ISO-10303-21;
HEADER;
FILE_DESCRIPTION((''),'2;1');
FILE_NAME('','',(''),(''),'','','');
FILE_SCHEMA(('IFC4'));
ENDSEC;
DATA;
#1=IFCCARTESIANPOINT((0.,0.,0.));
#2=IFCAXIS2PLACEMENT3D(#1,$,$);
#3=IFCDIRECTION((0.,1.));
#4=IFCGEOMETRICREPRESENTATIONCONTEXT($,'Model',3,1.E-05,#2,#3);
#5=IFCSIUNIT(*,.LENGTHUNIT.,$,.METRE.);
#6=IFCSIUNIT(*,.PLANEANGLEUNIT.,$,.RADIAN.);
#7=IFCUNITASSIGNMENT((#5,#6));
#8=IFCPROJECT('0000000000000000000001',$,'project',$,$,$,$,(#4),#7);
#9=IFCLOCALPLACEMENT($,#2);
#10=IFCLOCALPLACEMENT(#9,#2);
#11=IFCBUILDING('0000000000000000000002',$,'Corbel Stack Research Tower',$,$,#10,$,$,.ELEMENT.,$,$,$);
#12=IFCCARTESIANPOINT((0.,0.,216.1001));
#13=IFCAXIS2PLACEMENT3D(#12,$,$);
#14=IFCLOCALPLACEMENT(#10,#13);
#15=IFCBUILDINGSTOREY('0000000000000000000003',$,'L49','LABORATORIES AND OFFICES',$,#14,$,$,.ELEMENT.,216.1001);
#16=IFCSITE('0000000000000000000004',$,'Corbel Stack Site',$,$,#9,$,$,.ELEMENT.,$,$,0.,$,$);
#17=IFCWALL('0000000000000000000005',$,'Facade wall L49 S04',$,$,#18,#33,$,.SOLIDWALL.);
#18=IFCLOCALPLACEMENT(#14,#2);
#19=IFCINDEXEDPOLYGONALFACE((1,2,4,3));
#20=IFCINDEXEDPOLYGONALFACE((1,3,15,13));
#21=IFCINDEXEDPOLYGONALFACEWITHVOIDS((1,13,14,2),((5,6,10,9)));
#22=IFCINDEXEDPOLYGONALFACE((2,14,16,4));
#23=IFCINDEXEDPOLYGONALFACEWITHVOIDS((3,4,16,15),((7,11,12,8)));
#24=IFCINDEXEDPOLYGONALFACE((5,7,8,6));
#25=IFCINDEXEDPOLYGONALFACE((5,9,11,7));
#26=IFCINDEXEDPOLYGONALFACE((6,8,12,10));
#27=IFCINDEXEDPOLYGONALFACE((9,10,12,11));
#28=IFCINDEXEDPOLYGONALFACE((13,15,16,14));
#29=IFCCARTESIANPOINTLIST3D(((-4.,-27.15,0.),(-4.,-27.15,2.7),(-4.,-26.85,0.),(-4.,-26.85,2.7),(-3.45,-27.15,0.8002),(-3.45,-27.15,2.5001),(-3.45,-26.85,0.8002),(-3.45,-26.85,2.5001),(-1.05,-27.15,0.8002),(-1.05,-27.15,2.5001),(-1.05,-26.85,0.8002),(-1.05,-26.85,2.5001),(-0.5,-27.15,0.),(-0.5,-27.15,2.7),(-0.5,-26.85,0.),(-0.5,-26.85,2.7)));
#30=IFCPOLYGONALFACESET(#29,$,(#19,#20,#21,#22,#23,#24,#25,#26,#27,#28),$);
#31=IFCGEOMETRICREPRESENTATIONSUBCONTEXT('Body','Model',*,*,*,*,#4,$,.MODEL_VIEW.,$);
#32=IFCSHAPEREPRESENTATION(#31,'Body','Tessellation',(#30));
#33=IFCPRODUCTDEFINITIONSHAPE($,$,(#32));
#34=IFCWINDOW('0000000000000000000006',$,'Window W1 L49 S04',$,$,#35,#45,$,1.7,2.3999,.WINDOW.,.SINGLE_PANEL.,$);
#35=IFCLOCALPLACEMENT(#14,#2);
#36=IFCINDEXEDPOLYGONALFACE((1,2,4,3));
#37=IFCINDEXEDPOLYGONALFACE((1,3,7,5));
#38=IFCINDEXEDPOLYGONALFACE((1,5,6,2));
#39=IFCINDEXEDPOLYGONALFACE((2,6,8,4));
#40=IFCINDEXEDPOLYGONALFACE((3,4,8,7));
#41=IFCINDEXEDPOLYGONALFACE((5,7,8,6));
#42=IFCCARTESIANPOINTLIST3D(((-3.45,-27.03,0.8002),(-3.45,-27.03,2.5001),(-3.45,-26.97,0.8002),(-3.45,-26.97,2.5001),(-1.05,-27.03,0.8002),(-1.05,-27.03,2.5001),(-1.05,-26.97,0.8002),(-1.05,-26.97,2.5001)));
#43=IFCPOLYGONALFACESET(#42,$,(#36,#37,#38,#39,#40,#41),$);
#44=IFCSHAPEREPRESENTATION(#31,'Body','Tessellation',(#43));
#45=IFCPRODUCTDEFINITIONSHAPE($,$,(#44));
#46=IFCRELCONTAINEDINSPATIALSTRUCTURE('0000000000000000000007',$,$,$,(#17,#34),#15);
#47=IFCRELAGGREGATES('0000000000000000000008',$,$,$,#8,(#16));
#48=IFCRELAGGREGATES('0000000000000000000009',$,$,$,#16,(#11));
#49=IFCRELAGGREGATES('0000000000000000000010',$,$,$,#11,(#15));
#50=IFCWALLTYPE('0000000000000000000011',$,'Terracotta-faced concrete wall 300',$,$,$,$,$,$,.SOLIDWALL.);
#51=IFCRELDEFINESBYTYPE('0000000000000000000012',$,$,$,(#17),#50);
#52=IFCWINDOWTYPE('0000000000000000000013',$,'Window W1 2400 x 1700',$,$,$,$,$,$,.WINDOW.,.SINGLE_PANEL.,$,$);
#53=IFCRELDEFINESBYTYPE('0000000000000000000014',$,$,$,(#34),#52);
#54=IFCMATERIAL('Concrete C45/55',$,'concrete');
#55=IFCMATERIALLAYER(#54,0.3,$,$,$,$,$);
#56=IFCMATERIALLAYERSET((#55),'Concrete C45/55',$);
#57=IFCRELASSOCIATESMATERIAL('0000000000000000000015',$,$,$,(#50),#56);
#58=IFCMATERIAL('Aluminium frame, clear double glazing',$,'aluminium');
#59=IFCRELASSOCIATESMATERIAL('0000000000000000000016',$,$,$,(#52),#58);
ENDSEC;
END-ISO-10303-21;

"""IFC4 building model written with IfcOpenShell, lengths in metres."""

from ifc_helpers import new_model, si_unit, direction, frame, frame_2d, origin, place, context, subcontext, project, spatial, rectangle, extrude, material, layer, layer_set, type_object, element, fill, save


model = new_model("IFC4")

# Units and contexts
model_context = context("Model", 3, precision=1e-05, world=origin(), true_north=direction((0.0, 1.0)))
body_context = subcontext(model_context, "Body", "Model", "MODEL_VIEW")
ifc_project = project(units=[si_unit("LENGTHUNIT", "METRE"), si_unit("PLANEANGLEUNIT", "RADIAN")], contexts=[model_context])

# Site, building, storey
site_placement = place(None, origin())
site = spatial("IfcSite", under=ifc_project, at=site_placement, Name="Corbel Stack Site", CompositionType="ELEMENT", RefElevation=0.0)
building_placement = place(site_placement, origin())
building = spatial("IfcBuilding", under=site, at=building_placement, Name="Corbel Stack Research Tower", CompositionType="ELEMENT")
storey_placement = place(building_placement, frame((0.0, 0.0, 216.1001)))
storey = spatial("IfcBuildingStorey", under=building, at=storey_placement, Name="L49", Description="LABORATORIES AND OFFICES", CompositionType="ELEMENT", Elevation=216.1001)

# Wall, opening, window
ifc_material_1 = material(Name="Concrete C45/55", Category="concrete")
ifc_layer_1 = layer(ifc_material_1, 0.3)
ifc_layer_set_1 = layer_set([ifc_layer_1], Name="Concrete C45/55")
wall_type_1 = type_object("IfcWallType", Name="Terracotta-faced concrete wall 300", PredefinedType="SOLIDWALL", material=ifc_layer_set_1)
wall_1_placement = place(storey_placement, frame((-0.5, -27.0, 0.0), z_axis=(0.0, 0.0, 1.0), x_axis=(-1.0, 0.0, 0.0)))
wall_1 = element("IfcWall", 1, at=wall_1_placement, inside=storey, type_object=wall_type_1, Name="Facade wall L49 S04", PredefinedType="SOLIDWALL", context=body_context, shape_type="SweptSolid", body=[
    extrude(rectangle(XDim=3.5, YDim=0.3, at=frame_2d((1.75, 0.0))), origin(), (0.0, 0.0, 1.0), 2.7),
])
opening_1_placement = place(wall_1_placement, frame((0.55, 0.0, 0.8)))
opening_1 = element("IfcOpeningElement", 2, at=opening_1_placement, cuts=wall_1, PredefinedType="OPENING", context=body_context, shape_type="SweptSolid", body=[
    extrude(rectangle(XDim=2.3999, YDim=1.7, at=frame_2d((1.2, 0.8501))), frame((0.0, 0.1599, 0.0), z_axis=(0.0, -1.0, 0.0), x_axis=(1.0, 0.0, 0.0)), (0.0, 0.0, 1.0), 0.3201),
])
ifc_material_2 = material(Name="Aluminium frame, clear double glazing", Category="aluminium")
window_type = type_object("IfcWindowType", Name="Window W1 2400 x 1700", PartitioningType="SINGLE_PANEL", PredefinedType="WINDOW", material=ifc_material_2)
window_placement = place(opening_1_placement, origin())
window = element("IfcWindow", 3, at=window_placement, inside=storey, type_object=window_type, Name="Window W1 L49 S04", OverallHeight=1.7, OverallWidth=2.3999, PartitioningType="SINGLE_PANEL", PredefinedType="WINDOW", context=body_context, shape_type="SweptSolid", body=[
    extrude(rectangle(XDim=2.3999, YDim=1.7, at=frame_2d((1.2, 0.8501))), frame((0.0, 0.03, 0.0), z_axis=(0.0, -1.0, 0.0), x_axis=(1.0, 0.0, 0.0)), (0.0, 0.0, 1.0), 0.0601),
])
fill(opening_1, window)

save(model, "model.ifc")
